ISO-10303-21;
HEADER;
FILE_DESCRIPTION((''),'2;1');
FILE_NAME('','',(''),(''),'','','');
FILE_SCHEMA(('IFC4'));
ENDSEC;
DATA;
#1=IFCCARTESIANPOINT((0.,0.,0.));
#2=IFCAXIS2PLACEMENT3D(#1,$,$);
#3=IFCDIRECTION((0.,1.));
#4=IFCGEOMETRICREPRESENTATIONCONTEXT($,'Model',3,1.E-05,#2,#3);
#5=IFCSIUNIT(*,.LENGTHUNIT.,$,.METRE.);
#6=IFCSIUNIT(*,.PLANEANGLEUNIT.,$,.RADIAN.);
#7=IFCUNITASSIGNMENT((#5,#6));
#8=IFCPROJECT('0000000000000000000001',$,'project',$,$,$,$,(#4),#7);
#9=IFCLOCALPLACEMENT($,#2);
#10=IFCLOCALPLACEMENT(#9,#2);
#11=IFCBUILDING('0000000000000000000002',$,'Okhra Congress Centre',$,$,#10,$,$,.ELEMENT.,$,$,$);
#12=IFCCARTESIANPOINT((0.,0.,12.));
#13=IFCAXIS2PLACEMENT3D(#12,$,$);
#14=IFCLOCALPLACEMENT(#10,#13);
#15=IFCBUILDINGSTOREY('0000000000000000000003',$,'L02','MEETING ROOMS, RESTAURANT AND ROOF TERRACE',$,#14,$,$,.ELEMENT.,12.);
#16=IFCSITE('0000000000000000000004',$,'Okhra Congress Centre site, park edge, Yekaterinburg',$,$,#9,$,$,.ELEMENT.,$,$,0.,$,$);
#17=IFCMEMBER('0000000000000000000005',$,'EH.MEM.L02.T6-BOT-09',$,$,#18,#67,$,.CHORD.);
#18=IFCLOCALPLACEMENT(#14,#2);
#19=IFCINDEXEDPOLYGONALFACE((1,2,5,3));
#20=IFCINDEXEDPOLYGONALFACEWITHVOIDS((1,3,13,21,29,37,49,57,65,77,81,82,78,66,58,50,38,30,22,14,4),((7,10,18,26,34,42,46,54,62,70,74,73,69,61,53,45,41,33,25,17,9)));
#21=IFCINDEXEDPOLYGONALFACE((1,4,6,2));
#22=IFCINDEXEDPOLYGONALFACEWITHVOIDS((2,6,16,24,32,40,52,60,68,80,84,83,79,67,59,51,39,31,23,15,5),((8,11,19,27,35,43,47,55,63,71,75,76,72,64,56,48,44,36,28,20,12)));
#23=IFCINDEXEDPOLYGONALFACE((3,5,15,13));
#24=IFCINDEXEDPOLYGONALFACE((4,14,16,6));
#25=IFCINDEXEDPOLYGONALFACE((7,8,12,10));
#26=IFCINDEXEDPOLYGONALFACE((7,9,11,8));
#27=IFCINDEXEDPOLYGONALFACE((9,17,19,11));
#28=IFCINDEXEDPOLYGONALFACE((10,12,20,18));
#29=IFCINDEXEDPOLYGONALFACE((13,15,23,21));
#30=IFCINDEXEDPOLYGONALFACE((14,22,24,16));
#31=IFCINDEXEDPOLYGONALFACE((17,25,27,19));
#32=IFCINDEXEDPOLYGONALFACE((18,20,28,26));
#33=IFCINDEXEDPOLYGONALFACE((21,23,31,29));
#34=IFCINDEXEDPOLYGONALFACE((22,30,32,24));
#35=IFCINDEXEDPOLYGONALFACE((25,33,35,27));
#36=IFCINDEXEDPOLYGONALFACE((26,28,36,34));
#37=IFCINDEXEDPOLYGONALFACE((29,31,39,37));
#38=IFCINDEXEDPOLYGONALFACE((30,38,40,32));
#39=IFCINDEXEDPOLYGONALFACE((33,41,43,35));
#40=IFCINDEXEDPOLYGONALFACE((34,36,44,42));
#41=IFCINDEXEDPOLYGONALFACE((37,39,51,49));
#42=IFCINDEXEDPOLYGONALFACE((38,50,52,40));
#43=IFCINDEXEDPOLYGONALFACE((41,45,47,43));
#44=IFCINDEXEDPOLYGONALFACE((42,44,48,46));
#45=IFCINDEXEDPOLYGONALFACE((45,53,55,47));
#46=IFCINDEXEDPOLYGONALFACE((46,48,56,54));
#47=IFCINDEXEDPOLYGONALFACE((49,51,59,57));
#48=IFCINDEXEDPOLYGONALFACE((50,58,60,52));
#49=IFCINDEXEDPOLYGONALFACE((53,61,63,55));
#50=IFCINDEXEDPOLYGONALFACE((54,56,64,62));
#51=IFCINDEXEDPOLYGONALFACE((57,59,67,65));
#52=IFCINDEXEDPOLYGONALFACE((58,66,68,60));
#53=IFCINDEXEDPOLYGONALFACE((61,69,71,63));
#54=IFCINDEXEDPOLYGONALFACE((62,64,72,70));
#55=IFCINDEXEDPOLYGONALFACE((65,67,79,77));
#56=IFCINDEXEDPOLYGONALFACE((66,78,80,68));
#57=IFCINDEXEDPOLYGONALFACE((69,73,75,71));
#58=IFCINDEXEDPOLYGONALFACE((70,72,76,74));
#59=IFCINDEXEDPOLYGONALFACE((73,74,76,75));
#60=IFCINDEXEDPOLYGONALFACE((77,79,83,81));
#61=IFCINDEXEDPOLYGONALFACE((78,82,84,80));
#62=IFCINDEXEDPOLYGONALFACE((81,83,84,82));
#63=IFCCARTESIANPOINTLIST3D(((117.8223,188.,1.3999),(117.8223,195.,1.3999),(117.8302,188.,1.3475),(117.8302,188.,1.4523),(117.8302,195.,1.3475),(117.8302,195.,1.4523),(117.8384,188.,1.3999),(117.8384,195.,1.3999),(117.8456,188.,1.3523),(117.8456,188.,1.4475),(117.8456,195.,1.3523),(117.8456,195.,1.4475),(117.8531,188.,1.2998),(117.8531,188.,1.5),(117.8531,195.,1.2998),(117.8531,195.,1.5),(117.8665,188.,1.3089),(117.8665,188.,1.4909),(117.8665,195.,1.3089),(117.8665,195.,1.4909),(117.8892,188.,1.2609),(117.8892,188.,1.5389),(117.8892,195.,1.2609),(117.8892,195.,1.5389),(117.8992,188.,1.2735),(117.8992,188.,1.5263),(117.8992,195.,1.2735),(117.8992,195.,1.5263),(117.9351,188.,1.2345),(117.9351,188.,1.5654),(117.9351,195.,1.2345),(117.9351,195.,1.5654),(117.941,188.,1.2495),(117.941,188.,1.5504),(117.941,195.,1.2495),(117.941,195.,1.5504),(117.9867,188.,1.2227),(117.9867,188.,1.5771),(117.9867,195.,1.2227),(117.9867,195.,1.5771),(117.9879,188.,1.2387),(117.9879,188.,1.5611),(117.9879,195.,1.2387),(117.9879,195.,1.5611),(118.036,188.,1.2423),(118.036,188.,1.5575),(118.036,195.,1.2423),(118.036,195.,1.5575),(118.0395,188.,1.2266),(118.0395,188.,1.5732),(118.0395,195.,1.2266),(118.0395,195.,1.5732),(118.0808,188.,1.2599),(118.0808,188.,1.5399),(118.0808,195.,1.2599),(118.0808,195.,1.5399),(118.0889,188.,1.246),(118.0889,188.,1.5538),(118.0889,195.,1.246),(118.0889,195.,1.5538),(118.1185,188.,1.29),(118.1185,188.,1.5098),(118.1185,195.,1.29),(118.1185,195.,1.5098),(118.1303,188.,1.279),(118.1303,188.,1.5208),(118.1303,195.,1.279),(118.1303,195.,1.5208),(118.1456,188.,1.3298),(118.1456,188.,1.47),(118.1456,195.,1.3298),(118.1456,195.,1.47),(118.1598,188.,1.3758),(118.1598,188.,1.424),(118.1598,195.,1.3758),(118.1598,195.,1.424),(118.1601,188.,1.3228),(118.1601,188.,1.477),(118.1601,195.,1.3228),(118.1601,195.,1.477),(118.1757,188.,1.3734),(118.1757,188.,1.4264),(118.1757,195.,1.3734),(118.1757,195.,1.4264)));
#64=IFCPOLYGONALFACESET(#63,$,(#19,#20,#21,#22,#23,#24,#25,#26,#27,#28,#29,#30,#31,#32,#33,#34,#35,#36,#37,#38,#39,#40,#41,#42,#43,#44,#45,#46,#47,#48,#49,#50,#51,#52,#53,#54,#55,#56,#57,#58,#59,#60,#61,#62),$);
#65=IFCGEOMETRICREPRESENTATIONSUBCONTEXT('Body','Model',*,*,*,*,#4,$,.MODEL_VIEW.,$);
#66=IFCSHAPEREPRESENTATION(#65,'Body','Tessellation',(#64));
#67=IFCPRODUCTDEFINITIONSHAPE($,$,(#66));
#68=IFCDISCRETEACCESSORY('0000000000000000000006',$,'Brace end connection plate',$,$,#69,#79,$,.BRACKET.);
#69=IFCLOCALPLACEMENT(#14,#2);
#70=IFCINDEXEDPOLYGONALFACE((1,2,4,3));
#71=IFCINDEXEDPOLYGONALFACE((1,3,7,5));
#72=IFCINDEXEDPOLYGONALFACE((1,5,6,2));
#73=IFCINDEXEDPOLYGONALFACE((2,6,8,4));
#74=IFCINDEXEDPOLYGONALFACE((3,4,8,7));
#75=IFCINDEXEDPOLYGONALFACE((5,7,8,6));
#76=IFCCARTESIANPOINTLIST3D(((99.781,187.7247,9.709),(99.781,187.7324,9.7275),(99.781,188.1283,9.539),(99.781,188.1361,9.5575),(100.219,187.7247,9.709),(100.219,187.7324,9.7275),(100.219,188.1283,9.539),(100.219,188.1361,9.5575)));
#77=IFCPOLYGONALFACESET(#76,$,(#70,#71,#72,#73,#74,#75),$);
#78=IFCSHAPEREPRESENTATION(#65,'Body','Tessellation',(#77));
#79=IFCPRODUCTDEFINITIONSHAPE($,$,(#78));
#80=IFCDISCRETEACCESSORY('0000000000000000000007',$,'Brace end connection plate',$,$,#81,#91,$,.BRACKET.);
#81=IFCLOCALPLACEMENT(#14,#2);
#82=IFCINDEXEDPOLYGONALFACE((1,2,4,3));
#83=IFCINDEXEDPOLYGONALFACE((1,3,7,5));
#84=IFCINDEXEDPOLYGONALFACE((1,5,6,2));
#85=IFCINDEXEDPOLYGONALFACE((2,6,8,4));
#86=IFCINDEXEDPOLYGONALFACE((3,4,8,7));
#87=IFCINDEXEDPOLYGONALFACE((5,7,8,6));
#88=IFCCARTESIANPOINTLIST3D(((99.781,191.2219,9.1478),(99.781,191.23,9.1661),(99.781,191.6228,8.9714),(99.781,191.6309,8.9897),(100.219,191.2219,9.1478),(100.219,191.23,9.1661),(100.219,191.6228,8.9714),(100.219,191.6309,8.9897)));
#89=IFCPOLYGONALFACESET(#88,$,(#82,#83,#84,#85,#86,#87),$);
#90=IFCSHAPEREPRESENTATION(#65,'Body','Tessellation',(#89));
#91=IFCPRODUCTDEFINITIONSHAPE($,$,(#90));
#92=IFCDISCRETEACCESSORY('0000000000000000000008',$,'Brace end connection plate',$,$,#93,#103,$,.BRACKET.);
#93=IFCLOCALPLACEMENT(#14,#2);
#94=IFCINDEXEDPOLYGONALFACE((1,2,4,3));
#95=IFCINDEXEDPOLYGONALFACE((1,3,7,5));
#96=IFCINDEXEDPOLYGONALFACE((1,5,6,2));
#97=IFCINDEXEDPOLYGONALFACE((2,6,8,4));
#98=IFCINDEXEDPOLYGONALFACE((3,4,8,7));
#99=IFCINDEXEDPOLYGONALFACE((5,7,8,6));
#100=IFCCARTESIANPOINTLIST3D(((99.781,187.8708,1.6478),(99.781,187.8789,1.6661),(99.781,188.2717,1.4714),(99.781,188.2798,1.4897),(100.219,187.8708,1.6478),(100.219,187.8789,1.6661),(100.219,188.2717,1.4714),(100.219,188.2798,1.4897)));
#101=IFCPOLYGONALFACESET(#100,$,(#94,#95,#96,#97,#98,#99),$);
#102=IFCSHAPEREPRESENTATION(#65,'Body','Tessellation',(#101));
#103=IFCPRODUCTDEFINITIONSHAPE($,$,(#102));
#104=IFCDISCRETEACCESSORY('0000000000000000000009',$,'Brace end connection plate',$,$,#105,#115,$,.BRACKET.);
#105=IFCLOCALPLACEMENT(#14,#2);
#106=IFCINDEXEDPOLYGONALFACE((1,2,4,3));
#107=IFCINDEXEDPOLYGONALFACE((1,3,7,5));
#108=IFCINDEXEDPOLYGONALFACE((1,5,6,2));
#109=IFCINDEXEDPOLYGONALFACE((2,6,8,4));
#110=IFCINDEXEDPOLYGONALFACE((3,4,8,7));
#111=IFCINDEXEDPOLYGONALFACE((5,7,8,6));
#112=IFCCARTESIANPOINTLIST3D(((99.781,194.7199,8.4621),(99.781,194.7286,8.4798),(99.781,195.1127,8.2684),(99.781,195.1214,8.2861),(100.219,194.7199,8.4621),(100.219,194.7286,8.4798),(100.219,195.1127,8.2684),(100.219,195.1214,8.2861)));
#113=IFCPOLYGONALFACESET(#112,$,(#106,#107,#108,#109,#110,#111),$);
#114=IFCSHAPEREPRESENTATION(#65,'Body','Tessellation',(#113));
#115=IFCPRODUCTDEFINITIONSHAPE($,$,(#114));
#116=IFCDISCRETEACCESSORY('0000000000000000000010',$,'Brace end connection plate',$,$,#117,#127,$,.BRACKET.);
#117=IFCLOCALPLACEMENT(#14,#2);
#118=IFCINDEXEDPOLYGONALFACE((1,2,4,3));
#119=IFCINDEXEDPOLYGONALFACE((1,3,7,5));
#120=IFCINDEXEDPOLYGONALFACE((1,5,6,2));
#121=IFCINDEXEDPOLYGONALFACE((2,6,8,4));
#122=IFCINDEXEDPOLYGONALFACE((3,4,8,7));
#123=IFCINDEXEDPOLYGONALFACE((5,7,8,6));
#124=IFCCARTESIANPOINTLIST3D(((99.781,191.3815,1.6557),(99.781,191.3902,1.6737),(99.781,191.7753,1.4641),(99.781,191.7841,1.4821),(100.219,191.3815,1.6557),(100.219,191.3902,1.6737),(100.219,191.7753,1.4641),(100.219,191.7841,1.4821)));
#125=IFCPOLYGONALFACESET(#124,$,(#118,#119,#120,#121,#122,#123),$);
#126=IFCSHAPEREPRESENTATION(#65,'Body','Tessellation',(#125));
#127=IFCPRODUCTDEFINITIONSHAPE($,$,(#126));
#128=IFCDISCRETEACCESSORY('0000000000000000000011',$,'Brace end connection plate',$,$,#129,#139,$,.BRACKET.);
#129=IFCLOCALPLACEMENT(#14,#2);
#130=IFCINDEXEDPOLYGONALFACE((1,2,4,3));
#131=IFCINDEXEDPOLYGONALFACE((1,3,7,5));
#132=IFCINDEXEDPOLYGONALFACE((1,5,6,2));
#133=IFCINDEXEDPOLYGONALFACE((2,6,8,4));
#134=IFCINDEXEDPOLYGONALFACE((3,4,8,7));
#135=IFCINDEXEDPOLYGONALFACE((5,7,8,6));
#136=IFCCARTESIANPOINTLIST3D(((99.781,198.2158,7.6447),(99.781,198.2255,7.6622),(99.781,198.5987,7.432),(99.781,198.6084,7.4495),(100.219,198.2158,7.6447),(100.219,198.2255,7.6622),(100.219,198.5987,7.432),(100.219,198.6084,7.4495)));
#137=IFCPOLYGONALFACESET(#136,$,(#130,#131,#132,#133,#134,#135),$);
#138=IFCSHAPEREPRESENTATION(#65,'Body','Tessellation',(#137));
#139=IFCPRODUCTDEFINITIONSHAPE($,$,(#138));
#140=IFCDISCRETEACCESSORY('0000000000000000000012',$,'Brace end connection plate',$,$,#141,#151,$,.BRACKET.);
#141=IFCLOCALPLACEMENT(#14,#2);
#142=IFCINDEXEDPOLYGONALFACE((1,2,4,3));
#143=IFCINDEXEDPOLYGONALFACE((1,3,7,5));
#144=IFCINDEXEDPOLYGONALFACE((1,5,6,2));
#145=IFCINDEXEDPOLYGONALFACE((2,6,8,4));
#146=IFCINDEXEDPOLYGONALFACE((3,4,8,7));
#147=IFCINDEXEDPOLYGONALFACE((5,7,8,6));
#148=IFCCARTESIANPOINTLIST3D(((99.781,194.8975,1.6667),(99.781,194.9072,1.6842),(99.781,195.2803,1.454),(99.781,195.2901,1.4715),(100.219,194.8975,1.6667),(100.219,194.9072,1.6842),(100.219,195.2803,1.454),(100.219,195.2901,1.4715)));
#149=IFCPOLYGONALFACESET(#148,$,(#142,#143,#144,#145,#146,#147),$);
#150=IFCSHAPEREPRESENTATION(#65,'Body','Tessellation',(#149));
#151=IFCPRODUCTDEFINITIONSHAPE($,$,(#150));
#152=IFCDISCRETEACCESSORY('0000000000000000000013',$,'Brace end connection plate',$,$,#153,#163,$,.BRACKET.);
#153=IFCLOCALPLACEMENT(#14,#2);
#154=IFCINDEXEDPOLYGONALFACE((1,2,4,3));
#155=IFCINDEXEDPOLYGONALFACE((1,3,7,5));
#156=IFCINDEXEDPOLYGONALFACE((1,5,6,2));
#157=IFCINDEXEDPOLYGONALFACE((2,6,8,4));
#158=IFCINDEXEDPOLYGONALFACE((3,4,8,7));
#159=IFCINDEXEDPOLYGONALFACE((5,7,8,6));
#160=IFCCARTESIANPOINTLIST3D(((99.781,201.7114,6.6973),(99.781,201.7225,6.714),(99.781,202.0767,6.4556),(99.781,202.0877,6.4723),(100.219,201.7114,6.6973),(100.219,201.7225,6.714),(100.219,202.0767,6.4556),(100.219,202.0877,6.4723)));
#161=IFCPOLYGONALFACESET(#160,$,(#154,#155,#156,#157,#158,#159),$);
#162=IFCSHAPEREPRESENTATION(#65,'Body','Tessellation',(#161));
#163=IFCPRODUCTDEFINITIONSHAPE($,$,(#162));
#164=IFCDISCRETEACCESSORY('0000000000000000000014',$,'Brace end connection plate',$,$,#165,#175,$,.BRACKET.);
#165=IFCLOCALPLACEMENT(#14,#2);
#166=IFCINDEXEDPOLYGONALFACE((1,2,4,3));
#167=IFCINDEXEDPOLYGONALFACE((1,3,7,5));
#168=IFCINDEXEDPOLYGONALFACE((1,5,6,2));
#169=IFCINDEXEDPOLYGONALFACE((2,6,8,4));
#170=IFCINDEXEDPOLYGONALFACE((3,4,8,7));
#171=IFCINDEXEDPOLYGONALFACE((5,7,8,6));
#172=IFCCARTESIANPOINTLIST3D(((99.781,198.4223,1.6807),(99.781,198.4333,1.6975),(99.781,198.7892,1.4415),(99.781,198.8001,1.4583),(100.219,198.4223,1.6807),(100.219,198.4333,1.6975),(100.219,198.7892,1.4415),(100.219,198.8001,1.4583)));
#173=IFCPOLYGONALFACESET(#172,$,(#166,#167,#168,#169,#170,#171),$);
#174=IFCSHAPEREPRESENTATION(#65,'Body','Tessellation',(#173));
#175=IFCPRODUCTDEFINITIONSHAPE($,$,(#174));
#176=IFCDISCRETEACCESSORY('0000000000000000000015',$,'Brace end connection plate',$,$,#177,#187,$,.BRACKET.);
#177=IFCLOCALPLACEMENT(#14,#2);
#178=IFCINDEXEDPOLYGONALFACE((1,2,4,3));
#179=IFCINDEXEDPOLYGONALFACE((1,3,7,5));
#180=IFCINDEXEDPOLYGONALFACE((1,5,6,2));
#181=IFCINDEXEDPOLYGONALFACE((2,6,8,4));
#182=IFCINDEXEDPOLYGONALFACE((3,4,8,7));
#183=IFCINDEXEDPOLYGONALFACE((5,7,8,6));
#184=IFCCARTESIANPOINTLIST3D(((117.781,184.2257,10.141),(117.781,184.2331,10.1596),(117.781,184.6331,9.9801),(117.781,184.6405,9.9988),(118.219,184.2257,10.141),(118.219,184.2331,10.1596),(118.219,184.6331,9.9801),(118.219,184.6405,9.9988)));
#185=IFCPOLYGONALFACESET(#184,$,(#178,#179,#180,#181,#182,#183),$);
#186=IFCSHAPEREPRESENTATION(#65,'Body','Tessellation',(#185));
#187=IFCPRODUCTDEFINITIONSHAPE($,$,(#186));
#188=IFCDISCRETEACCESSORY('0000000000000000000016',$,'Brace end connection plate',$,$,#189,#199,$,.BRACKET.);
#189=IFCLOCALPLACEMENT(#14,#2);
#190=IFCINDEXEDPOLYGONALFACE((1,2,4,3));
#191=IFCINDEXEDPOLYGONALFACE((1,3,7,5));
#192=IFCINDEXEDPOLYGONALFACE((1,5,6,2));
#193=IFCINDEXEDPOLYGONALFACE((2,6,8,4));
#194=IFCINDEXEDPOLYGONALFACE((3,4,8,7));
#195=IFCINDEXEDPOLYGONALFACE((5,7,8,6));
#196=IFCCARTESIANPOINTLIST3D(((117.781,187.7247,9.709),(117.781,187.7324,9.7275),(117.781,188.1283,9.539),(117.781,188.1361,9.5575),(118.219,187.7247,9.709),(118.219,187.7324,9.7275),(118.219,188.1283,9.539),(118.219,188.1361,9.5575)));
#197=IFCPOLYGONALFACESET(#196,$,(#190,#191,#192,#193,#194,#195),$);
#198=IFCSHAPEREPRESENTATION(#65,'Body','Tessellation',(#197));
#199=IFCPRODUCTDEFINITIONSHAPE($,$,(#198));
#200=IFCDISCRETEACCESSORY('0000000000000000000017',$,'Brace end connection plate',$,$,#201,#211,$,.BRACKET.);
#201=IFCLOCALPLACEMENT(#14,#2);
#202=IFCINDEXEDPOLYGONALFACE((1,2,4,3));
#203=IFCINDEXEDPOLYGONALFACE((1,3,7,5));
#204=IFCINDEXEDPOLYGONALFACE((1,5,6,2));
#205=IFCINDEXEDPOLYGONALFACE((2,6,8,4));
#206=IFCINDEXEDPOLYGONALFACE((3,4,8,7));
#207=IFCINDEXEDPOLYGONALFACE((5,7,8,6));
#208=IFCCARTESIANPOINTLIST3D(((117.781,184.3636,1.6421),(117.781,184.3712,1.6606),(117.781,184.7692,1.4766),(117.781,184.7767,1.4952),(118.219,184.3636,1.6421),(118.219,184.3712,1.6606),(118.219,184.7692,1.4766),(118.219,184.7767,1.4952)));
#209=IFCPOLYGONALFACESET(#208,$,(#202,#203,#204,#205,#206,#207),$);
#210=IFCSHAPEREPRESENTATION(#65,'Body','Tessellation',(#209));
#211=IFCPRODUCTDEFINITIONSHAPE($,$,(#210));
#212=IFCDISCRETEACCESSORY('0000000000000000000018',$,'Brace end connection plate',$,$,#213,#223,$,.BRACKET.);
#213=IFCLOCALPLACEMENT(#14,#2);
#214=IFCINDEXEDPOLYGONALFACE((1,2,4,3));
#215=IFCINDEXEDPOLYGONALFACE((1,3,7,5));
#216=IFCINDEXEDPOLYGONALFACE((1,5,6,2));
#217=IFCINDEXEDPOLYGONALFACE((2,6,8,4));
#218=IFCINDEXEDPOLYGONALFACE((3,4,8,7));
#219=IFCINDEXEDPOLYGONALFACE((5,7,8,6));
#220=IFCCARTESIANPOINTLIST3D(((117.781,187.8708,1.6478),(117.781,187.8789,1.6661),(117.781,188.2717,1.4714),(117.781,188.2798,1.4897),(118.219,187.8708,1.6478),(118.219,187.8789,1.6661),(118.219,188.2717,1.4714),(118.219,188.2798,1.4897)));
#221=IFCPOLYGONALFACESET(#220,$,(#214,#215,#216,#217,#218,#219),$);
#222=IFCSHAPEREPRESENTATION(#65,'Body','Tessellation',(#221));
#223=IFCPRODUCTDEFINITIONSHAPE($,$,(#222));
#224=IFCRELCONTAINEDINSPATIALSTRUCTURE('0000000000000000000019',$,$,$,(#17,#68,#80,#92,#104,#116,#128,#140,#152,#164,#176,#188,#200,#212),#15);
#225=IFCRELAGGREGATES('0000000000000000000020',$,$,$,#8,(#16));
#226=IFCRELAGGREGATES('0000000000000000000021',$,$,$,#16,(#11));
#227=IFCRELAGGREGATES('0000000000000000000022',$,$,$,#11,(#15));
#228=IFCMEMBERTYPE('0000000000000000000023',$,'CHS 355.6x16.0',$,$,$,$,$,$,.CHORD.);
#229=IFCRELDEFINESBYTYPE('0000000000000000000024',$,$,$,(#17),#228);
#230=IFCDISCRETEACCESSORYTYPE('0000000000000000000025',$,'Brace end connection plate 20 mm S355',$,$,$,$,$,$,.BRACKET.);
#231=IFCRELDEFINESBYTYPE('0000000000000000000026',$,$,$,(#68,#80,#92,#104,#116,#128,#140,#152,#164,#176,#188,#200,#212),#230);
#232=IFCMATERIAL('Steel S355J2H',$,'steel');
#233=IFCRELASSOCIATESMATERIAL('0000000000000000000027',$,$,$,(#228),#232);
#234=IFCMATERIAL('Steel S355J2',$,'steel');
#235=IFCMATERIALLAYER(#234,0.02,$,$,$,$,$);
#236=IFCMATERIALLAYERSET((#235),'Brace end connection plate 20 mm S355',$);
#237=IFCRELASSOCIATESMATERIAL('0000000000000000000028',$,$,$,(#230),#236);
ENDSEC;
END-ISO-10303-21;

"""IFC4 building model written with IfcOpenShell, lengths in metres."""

from ifc_helpers import new_model, si_unit, direction, frame, origin, origin_2d, place, context, subcontext, project, spatial, rectangle, hollow_circle, extrude, material, layer, layer_set, material_profile, profile_set, type_object, element, save


model = new_model("IFC4")

# Units and contexts
model_context = context("Model", 3, precision=1e-05, world=origin(), true_north=direction((0.0, 1.0)))
body_context = subcontext(model_context, "Body", "Model", "MODEL_VIEW")
ifc_project = project(units=[si_unit("LENGTHUNIT", "METRE"), si_unit("PLANEANGLEUNIT", "RADIAN")], contexts=[model_context])

# Site, building, storey
site_placement = place(None, origin())
site = spatial("IfcSite", under=ifc_project, at=site_placement, Name="Okhra Congress Centre site, park edge, Yekaterinburg", CompositionType="ELEMENT", RefElevation=0.0)
building_placement = place(site_placement, origin())
building = spatial("IfcBuilding", under=site, at=building_placement, Name="Okhra Congress Centre", CompositionType="ELEMENT")
storey_placement = place(building_placement, frame((0.0, 0.0, 12.0)))
storey = spatial("IfcBuildingStorey", under=building, at=storey_placement, Name="L02", Description="MEETING ROOMS, RESTAURANT AND ROOF TERRACE", CompositionType="ELEMENT", Elevation=12.0)

# Member
ifc_material_1 = material(Name="Steel S355J2H", Category="steel")
ifc_material_profile_1 = material_profile(ifc_material_1, hollow_circle(Radius=0.1777, WallThickness=0.0161, at=origin_2d()), Name="CHS 355.6x16.0")
ifc_profile_set_1 = profile_set([ifc_material_profile_1], Name="Steel S355J2H")
member_type_1 = type_object("IfcMemberType", Name="CHS 355.6x16.0", PredefinedType="CHORD", material=ifc_profile_set_1)
for number, where, z_axis, x_axis, name in (
    (1, (118.0, 188.0, 1.3999), (0.0, 1.0, 0.0), (-1.0, 0.0, 0.0), "EH.MEM.L02.T6-BOT-09"),
):
    element("IfcMember", number, at=place(storey_placement, frame(where, z_axis=z_axis, x_axis=x_axis)), inside=storey, type_object=member_type_1, Name=name, PredefinedType="CHORD", context=body_context, shape_type="SweptSolid", body=[
        extrude(hollow_circle(Radius=0.1777, WallThickness=0.0161, at=origin_2d()), origin(), (0.0, 0.0, 1.0), 7.0),
    ])

# Discrete accessories
ifc_material_2 = material(Name="Steel S355J2", Category="steel")
ifc_layer = layer(ifc_material_2, 0.02)
ifc_layer_set = layer_set([ifc_layer], Name="Brace end connection plate 20 mm S355")
discrete_accessory_type = type_object("IfcDiscreteAccessoryType", Name="Brace end connection plate 20 mm S355", PredefinedType="BRACKET", material=ifc_layer_set)
for number, where, z_axis, x_axis, name in (
    (2, (100.0, 187.9265, 9.624), (0.0, 0.388057, 0.921635), (-1.0, 0.0, 0.0), "Brace end connection plate"),
    (3, (100.0, 191.4224, 9.0596), (0.0, 0.402739, 0.915315), (-1.0, 0.0, 0.0), "Brace end connection plate"),
    (4, (100.0, 188.0793, 1.5779), (0.0, -0.402739, -0.915315), (1.0, 0.0, 0.0), "Brace end connection plate"),
):
    element("IfcDiscreteAccessory", number, at=place(storey_placement, frame(where, z_axis=z_axis, x_axis=x_axis)), inside=storey, type_object=discrete_accessory_type, Name=name, PredefinedType="BRACKET", context=body_context, shape_type="SweptSolid", body=[
        extrude(rectangle(XDim=0.438, YDim=0.438, at=origin_2d()), origin(), (0.0, 0.0, 1.0), 0.02),
    ])
discrete_accessory_placement = place(storey_placement, frame((100.0, 194.9163, 8.3652), z_axis=(0.0, 0.442292, 0.896871), x_axis=(-1.0, 0.0, 0.0)))
element("IfcDiscreteAccessory", 5, at=discrete_accessory_placement, inside=storey, type_object=discrete_accessory_type, Name="Brace end connection plate", PredefinedType="BRACKET", context=body_context, shape_type="SweptSolid", body=[
    extrude(rectangle(XDim=0.438, YDim=0.438, at=origin_2d()), origin(), (0.0, 0.0, 1.0), 0.0198),
])
for number, where, z_axis, x_axis, name in (
    (6, (100.0, 191.5872, 1.5779), (0.0, -0.437466, -0.899235), (1.0, 0.0, 0.0), "Brace end connection plate"),
    (7, (100.0, 198.4072, 7.5383), (0.0, 0.485643, 0.874157), (-1.0, 0.0, 0.0), "Brace end connection plate"),
    (8, (100.0, 195.0986, 1.5779), (0.0, -0.485643, -0.874157), (1.0, 0.0, 0.0), "Brace end connection plate"),
    (9, (100.0, 201.894, 6.5764), (0.0, 0.551867, 0.833932), (-1.0, 0.0, 0.0), "Brace end connection plate"),
    (10, (100.0, 198.6167, 1.5779), (0.0, -0.546268, -0.837611), (1.0, 0.0, 0.0), "Brace end connection plate"),
    (11, (118.0, 184.4294, 10.0605), (0.0, 0.367167, 0.930155), (-1.0, 0.0, 0.0), "Brace end connection plate"),
    (12, (118.0, 187.9265, 9.624), (0.0, 0.388057, 0.921635), (-1.0, 0.0, 0.0), "Brace end connection plate"),
    (13, (118.0, 184.574, 1.5779), (0.0, -0.377684, -0.925935), (1.0, 0.0, 0.0), "Brace end connection plate"),
    (14, (118.0, 188.0793, 1.5779), (0.0, -0.402739, -0.915315), (1.0, 0.0, 0.0), "Brace end connection plate"),
):
    element("IfcDiscreteAccessory", number, at=place(storey_placement, frame(where, z_axis=z_axis, x_axis=x_axis)), inside=storey, type_object=discrete_accessory_type, Name=name, PredefinedType="BRACKET", context=body_context, shape_type="SweptSolid", body=[
        extrude(rectangle(XDim=0.438, YDim=0.438, at=origin_2d()), origin(), (0.0, 0.0, 1.0), 0.02),
    ])

save(model, "model.ifc")
